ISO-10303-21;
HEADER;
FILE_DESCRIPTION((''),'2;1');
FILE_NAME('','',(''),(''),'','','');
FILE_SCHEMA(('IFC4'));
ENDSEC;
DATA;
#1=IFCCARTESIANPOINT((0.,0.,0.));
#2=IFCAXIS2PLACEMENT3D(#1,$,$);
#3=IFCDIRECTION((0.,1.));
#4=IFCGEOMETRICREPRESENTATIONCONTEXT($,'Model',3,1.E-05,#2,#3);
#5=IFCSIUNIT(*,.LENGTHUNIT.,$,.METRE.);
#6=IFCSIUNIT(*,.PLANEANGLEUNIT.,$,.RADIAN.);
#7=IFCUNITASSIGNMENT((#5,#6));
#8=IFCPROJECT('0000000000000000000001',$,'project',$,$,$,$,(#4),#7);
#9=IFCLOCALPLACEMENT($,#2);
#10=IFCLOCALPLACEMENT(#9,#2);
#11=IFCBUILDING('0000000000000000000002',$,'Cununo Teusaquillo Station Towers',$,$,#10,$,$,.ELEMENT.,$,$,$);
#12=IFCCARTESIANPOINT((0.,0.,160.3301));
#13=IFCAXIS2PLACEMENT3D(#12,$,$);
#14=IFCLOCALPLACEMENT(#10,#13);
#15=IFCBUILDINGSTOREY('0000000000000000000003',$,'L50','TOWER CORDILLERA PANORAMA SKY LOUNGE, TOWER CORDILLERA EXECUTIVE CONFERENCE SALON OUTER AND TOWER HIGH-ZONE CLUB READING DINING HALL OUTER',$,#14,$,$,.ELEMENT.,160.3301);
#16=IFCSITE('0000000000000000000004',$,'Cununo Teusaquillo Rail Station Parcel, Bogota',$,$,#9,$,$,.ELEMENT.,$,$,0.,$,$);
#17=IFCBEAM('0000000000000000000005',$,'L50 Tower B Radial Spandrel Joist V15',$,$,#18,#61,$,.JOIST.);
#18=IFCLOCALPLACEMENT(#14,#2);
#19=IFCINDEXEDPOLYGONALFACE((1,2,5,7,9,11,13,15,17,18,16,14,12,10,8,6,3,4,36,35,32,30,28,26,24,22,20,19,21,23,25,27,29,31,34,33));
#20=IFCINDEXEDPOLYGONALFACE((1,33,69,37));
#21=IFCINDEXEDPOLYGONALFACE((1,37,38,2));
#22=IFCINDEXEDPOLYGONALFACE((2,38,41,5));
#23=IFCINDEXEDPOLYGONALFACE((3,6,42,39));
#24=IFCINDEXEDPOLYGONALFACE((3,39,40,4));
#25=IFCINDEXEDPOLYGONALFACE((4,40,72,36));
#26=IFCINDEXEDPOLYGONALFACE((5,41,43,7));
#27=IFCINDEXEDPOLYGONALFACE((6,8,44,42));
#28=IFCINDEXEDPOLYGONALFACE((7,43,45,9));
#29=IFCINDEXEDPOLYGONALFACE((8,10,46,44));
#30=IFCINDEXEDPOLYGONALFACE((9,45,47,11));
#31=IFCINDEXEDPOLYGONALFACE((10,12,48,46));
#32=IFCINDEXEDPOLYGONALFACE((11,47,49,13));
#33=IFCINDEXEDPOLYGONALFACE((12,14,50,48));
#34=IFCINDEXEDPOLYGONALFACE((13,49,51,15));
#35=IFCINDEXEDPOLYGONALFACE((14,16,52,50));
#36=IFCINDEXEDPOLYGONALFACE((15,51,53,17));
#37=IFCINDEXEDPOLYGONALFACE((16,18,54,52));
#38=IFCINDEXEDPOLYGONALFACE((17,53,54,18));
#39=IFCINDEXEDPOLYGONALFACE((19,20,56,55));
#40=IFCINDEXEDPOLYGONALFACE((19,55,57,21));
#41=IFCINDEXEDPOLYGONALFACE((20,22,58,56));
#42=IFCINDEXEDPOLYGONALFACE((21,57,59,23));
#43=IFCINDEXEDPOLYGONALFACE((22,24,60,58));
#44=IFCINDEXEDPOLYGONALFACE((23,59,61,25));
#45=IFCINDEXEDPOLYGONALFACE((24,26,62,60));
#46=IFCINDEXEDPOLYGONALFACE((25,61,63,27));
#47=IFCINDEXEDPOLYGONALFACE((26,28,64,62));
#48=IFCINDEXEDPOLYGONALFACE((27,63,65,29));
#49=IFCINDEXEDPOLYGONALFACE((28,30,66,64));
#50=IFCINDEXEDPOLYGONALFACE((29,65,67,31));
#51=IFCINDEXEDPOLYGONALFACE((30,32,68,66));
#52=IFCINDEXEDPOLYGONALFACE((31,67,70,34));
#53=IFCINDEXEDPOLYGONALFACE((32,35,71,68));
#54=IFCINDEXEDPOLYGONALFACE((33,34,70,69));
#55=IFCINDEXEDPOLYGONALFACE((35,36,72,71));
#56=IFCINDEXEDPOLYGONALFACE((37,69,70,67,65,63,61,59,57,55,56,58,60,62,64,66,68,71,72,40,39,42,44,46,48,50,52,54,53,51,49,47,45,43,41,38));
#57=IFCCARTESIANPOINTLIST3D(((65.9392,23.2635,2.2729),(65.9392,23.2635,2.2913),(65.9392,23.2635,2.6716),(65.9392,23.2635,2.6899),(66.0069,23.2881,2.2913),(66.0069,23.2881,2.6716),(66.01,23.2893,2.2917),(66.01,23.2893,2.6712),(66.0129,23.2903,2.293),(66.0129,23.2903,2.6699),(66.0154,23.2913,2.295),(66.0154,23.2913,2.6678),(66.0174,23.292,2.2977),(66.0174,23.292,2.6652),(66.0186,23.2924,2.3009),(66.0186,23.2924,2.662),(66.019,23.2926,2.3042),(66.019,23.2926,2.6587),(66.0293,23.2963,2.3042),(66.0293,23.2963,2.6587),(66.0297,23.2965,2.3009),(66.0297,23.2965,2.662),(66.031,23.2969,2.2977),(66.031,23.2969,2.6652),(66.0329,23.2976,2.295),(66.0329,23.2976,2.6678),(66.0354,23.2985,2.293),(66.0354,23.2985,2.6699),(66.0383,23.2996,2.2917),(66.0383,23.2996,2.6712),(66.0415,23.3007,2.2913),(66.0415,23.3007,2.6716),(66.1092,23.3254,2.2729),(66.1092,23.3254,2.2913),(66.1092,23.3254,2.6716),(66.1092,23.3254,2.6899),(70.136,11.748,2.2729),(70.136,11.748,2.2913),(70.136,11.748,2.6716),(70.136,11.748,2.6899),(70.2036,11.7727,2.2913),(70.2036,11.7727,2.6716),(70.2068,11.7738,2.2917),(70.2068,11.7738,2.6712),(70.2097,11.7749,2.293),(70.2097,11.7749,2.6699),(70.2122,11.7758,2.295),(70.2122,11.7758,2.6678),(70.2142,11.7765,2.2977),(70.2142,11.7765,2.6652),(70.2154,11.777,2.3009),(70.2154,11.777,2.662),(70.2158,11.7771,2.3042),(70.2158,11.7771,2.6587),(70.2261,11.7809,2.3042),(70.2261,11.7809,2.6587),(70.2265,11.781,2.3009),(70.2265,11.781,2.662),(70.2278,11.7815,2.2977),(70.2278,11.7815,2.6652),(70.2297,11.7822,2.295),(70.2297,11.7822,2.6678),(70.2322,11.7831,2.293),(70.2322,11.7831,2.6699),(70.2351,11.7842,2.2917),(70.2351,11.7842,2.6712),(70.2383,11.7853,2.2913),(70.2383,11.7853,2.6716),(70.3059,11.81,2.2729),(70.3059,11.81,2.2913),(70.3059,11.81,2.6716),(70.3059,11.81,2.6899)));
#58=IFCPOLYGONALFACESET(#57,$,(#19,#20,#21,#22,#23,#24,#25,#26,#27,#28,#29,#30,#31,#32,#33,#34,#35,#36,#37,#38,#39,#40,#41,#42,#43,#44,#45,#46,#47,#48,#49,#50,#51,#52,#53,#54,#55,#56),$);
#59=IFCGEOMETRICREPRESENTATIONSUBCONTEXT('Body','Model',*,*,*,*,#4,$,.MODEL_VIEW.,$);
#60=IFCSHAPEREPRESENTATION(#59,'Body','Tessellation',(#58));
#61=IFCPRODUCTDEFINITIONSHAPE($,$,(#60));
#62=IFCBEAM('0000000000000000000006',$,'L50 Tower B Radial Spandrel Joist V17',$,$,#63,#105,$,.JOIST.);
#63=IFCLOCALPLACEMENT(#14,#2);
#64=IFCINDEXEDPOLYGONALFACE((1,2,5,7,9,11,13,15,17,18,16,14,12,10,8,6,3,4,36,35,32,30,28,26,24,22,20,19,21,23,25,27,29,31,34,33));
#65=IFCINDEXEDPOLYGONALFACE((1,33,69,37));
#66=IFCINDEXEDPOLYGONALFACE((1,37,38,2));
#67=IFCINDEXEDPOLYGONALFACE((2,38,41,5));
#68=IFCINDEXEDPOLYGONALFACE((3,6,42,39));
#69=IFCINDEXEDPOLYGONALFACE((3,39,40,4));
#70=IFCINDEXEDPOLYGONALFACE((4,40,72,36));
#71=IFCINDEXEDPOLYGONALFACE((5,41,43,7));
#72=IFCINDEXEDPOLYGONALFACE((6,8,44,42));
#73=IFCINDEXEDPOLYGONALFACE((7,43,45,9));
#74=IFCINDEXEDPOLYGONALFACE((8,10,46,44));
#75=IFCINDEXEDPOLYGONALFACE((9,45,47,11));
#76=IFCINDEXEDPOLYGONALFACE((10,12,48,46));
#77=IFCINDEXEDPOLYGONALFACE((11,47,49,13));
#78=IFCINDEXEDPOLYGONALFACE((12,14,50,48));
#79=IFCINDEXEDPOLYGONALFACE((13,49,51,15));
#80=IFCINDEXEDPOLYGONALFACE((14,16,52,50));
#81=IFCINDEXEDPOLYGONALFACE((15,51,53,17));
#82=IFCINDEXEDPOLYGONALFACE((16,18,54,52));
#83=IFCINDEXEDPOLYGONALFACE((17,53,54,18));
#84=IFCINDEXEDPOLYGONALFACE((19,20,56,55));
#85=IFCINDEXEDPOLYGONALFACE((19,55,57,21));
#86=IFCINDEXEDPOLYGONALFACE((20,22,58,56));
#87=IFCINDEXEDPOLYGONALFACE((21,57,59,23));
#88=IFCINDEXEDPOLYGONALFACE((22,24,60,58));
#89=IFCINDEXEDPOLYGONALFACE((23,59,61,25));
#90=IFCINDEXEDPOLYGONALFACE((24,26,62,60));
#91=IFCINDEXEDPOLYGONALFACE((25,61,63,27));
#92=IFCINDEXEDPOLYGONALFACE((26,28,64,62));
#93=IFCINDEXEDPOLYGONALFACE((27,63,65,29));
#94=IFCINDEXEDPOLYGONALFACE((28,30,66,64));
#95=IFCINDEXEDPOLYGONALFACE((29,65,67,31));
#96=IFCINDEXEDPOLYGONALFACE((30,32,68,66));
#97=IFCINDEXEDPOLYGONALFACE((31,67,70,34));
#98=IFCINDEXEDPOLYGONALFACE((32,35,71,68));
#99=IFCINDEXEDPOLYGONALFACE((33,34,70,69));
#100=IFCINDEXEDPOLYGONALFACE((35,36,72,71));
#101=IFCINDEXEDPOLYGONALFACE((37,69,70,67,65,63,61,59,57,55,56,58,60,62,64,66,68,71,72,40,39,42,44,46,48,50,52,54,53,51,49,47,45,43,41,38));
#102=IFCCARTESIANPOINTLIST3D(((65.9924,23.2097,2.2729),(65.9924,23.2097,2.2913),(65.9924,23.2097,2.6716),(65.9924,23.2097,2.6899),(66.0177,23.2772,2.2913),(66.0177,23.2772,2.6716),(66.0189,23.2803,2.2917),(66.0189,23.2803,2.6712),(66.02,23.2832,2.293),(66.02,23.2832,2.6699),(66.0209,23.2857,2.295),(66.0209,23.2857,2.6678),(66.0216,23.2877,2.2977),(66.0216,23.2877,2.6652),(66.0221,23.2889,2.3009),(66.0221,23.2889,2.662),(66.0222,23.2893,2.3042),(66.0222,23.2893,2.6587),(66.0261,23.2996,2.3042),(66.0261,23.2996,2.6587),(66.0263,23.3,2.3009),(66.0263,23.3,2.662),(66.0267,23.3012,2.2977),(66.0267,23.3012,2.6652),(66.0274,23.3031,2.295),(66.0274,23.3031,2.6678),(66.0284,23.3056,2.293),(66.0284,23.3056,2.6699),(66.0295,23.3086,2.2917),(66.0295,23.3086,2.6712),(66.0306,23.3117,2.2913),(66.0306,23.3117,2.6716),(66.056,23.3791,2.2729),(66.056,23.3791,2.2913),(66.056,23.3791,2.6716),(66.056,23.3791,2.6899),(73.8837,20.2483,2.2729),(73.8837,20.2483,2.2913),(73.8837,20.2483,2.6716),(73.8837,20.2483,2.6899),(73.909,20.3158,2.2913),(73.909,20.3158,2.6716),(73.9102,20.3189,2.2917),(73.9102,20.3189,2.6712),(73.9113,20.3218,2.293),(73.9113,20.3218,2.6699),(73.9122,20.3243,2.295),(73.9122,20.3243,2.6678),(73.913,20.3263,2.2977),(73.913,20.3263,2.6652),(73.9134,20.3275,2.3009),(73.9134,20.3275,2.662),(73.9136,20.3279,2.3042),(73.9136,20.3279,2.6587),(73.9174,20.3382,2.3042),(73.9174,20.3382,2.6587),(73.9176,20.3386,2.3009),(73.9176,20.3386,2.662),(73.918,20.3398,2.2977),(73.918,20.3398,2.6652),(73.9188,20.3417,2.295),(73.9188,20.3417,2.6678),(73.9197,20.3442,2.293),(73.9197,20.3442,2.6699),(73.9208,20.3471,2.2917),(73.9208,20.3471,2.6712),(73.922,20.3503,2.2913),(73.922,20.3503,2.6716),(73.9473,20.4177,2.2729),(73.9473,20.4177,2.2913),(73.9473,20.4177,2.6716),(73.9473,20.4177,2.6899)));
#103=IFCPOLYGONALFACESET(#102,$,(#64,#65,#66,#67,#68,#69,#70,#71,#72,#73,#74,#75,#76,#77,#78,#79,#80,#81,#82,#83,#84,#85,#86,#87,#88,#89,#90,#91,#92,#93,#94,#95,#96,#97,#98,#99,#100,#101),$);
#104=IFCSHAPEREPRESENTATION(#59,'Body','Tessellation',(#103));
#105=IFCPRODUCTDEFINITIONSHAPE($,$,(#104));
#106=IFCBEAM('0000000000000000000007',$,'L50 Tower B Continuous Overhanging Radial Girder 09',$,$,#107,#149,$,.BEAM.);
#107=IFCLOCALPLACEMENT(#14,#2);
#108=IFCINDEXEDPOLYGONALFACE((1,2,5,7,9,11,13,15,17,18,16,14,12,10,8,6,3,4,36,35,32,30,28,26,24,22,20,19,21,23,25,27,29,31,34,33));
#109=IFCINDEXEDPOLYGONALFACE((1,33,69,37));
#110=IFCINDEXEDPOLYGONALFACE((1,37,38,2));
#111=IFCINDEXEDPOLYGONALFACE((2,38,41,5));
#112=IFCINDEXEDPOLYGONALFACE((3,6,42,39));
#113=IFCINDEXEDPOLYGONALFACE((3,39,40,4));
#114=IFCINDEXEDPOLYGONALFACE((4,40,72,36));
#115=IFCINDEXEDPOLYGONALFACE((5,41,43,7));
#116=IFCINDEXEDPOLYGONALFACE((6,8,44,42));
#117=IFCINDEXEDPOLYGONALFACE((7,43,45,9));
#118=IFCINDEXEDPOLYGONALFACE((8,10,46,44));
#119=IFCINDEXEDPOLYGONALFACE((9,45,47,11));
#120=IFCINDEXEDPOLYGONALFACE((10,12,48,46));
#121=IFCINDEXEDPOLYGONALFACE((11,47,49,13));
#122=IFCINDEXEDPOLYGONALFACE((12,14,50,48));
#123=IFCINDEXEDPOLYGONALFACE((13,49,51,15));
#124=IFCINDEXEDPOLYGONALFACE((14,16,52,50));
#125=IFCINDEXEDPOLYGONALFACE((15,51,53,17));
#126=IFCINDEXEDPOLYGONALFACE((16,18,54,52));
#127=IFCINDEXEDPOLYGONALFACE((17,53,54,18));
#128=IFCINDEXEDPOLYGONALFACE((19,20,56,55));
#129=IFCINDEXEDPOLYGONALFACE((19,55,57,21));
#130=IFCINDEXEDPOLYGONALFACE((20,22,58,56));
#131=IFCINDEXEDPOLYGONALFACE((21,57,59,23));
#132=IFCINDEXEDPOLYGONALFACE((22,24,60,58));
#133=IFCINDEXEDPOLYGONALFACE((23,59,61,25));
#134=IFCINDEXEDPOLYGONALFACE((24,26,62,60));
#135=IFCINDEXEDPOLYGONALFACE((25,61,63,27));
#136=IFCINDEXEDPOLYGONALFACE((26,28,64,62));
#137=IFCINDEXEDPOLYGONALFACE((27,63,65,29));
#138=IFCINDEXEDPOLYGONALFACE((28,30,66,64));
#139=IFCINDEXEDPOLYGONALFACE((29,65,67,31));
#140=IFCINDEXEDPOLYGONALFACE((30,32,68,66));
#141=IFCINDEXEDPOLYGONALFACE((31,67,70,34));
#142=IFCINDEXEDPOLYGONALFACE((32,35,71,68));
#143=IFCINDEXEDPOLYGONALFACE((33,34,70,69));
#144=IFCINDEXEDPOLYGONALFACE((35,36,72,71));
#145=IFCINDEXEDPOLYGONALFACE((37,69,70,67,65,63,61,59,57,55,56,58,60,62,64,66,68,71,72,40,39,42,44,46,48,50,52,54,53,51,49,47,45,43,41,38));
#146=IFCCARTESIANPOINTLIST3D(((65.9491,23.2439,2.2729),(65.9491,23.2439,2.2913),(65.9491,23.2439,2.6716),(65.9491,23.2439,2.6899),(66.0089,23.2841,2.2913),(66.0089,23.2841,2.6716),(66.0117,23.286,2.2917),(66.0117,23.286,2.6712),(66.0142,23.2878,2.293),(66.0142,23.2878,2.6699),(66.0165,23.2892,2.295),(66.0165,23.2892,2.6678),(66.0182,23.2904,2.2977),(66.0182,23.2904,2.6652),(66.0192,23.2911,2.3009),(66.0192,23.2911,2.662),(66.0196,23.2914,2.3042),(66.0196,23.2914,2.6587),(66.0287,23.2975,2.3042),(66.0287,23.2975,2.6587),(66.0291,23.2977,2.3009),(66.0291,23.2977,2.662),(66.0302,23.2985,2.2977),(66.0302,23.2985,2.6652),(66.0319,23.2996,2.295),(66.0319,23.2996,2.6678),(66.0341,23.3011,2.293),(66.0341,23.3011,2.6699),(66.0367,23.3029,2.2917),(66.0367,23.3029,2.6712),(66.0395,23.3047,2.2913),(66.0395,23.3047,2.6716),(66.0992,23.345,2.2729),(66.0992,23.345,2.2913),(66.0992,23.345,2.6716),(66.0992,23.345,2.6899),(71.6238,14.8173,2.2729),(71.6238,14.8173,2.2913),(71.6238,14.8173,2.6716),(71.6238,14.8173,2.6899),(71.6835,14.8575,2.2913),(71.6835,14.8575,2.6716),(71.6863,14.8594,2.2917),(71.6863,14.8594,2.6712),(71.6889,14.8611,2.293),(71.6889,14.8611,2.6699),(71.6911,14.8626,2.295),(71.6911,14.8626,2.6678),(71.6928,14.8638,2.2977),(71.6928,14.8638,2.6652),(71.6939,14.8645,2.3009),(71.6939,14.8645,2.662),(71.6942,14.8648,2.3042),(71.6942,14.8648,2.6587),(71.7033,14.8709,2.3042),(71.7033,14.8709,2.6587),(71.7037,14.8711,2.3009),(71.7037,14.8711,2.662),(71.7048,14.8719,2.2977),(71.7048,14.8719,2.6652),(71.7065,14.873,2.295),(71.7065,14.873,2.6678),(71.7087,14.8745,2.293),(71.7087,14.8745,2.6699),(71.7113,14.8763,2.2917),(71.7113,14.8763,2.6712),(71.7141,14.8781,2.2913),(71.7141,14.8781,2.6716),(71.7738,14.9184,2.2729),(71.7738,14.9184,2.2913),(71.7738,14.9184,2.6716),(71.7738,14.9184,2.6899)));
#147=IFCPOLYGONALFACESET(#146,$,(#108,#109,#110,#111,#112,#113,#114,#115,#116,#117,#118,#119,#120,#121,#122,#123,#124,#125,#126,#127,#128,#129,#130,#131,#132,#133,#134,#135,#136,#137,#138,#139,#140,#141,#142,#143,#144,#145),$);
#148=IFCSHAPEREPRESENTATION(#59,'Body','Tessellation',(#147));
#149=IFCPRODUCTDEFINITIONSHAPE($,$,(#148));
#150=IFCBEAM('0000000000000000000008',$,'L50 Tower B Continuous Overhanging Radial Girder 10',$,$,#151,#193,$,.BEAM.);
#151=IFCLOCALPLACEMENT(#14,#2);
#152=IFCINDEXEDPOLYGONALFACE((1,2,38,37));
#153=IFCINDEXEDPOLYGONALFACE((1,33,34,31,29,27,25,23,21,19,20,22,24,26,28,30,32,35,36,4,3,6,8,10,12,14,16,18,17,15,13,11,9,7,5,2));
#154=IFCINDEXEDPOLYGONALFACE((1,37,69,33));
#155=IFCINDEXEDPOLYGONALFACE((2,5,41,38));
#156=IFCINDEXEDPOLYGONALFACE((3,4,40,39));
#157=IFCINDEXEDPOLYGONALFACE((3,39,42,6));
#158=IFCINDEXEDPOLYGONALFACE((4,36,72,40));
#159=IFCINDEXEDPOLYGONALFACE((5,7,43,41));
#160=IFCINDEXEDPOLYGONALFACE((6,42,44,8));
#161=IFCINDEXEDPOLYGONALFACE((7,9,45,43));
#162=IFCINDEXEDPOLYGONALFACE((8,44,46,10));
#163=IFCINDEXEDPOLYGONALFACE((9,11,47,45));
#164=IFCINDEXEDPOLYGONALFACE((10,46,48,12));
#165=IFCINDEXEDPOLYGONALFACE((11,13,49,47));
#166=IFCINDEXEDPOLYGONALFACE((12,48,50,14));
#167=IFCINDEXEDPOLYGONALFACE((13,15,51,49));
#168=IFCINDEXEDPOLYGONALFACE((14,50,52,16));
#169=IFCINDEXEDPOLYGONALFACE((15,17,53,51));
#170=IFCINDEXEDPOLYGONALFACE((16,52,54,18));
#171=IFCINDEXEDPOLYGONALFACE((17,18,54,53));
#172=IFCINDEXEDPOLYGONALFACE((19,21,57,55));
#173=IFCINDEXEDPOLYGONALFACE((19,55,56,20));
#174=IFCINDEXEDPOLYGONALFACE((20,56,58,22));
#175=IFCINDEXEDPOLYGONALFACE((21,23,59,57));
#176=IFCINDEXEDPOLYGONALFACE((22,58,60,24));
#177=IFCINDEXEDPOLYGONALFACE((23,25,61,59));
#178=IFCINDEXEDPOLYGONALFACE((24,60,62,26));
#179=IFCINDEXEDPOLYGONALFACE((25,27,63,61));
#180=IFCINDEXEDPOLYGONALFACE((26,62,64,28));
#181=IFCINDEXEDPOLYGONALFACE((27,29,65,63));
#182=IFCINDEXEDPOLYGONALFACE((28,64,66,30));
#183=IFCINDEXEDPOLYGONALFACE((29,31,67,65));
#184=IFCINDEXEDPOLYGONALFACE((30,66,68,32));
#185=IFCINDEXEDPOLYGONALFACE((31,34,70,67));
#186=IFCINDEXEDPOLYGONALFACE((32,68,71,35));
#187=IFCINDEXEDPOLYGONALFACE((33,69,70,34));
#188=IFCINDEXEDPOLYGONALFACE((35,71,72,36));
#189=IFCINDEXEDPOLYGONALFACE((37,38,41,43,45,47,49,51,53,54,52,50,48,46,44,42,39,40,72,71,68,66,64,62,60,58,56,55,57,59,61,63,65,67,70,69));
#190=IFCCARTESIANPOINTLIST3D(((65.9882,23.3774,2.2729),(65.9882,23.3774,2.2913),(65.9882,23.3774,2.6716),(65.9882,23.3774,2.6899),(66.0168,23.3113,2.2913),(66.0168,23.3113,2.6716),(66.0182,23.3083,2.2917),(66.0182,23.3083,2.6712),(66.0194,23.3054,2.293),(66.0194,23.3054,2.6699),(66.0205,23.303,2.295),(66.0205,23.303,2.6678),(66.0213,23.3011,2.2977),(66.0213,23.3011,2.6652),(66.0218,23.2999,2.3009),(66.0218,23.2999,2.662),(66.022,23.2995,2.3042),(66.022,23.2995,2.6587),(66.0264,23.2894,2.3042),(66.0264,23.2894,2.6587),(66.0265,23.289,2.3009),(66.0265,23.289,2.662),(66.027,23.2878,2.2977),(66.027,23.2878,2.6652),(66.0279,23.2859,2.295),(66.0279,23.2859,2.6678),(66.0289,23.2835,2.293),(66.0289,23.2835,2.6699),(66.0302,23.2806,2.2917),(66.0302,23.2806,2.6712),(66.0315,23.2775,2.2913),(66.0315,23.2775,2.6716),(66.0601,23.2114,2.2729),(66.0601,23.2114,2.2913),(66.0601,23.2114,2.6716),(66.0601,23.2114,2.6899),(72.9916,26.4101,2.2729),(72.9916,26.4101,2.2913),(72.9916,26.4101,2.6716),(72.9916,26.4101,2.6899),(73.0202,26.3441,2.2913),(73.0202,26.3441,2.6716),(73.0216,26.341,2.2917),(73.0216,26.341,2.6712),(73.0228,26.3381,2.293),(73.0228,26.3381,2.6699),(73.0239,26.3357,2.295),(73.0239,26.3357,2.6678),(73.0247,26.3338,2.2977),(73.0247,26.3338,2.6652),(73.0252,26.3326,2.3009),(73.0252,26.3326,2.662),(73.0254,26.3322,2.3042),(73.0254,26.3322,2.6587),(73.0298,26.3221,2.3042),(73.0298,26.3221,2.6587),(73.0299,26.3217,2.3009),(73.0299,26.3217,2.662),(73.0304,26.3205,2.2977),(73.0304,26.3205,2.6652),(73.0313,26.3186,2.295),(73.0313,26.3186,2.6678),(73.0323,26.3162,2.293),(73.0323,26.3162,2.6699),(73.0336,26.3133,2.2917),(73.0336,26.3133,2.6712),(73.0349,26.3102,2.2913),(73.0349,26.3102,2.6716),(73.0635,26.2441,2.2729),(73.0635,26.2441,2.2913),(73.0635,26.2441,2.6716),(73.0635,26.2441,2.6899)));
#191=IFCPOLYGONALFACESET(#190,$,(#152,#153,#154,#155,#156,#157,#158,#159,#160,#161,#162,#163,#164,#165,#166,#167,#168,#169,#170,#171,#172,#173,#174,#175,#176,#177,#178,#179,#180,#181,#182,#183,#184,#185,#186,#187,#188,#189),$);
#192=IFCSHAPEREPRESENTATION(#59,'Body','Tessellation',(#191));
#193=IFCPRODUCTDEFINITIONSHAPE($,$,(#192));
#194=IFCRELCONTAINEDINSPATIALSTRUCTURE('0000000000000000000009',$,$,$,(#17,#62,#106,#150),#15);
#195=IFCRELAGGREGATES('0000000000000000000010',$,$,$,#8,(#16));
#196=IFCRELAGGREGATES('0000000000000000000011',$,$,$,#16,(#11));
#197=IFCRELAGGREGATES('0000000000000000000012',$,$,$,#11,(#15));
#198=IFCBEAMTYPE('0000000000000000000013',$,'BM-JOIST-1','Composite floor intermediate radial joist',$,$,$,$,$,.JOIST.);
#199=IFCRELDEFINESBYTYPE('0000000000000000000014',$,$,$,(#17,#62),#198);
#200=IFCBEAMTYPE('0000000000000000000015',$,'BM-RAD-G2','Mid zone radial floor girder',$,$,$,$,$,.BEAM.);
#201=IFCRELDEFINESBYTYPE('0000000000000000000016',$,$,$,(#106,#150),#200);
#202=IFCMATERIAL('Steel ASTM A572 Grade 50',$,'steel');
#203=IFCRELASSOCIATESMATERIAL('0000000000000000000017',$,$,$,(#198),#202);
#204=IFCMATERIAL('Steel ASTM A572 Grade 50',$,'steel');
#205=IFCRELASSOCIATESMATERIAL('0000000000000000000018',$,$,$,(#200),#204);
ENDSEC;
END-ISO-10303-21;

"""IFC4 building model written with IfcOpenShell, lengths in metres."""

from ifc_helpers import new_model, si_unit, direction, frame, origin, origin_2d, place, context, subcontext, project, spatial, i_section, extrude, material, material_profile, profile_set, type_object, element, save


model = new_model("IFC4")

# Units and contexts
model_context = context("Model", 3, precision=1e-05, world=origin(), true_north=direction((0.0, 1.0)))
body_context = subcontext(model_context, "Body", "Model", "MODEL_VIEW")
ifc_project = project(units=[si_unit("LENGTHUNIT", "METRE"), si_unit("PLANEANGLEUNIT", "RADIAN")], contexts=[model_context])

# Site, building, storey
site_placement = place(None, origin())
site = spatial("IfcSite", under=ifc_project, at=site_placement, Name="Cununo Teusaquillo Rail Station Parcel, Bogota", CompositionType="ELEMENT", RefElevation=0.0)
building_placement = place(site_placement, origin())
building = spatial("IfcBuilding", under=site, at=building_placement, Name="Cununo Teusaquillo Station Towers", CompositionType="ELEMENT")
storey_placement = place(building_placement, frame((0.0, 0.0, 160.3301)))
storey = spatial("IfcBuildingStorey", under=building, at=storey_placement, Name="L50", Description="TOWER CORDILLERA PANORAMA SKY LOUNGE, TOWER CORDILLERA EXECUTIVE CONFERENCE SALON OUTER AND TOWER HIGH-ZONE CLUB READING DINING HALL OUTER", CompositionType="ELEMENT", Elevation=160.3301)

# Beams
ifc_material_1 = material(Name="Steel ASTM A572 Grade 50", Category="steel")
ifc_material_profile_1 = material_profile(ifc_material_1, i_section(OverallWidth=0.1809, OverallDepth=0.417, WebThickness=0.011, FlangeThickness=0.0183, FilletRadius=0.0129, at=origin_2d()), Name="W16X57")
ifc_profile_set_1 = profile_set([ifc_material_profile_1], Name="Steel ASTM A572 Grade 50")
beam_type_1 = type_object("IfcBeamType", Name="BM-JOIST-1", Description="Composite floor intermediate radial joist", PredefinedType="JOIST", material=ifc_profile_set_1)
beam_1_placement = place(storey_placement, frame((66.0242, 23.2944, 2.4814), z_axis=(0.342418, -0.939548, 0.0), x_axis=(0.939548, 0.342418, 0.0)))
element("IfcBeam", 1, at=beam_1_placement, inside=storey, type_object=beam_type_1, Name="L50 Tower B Radial Spandrel Joist V15", PredefinedType="JOIST", context=body_context, shape_type="SweptSolid", body=[
    extrude(i_section(OverallWidth=0.1809, OverallDepth=0.417, WebThickness=0.011, FlangeThickness=0.0183, FilletRadius=0.0129, at=origin_2d()), origin(), (0.0, 0.0, 1.0), 12.2563),
])
beam_2_placement = place(storey_placement, frame((66.0242, 23.2944, 2.4814), z_axis=(0.936245, -0.351349, 0.0), x_axis=(0.351349, 0.936245, 0.0)))
element("IfcBeam", 2, at=beam_2_placement, inside=storey, type_object=beam_type_1, Name="L50 Tower B Radial Spandrel Joist V17", PredefinedType="JOIST", context=body_context, shape_type="SweptSolid", body=[
    extrude(i_section(OverallWidth=0.1809, OverallDepth=0.417, WebThickness=0.011, FlangeThickness=0.0183, FilletRadius=0.0129, at=origin_2d()), origin(), (0.0, 0.0, 1.0), 8.4287),
])
ifc_material_2 = material(Name="Steel ASTM A572 Grade 50", Category="steel")
ifc_material_profile_2 = material_profile(ifc_material_2, i_section(OverallWidth=0.1809, OverallDepth=0.417, WebThickness=0.011, FlangeThickness=0.0183, FilletRadius=0.0129, at=origin_2d()), Name="W16X57")
ifc_profile_set_2 = profile_set([ifc_material_profile_2], Name="Steel ASTM A572 Grade 50")
beam_type_2 = type_object("IfcBeamType", Name="BM-RAD-G2", Description="Mid zone radial floor girder", PredefinedType="BEAM", material=ifc_profile_set_2)
beam_3_placement = place(storey_placement, frame((66.0242, 23.2944, 2.4814), z_axis=(0.558571, -0.829457, 0.0), x_axis=(0.829457, 0.558571, 0.0)))
element("IfcBeam", 3, at=beam_3_placement, inside=storey, type_object=beam_type_2, Name="L50 Tower B Continuous Overhanging Radial Girder 09", PredefinedType="BEAM", context=body_context, shape_type="SweptSolid", body=[
    extrude(i_section(OverallWidth=0.1809, OverallDepth=0.417, WebThickness=0.011, FlangeThickness=0.0183, FilletRadius=0.0129, at=origin_2d()), origin(), (0.0, 0.0, 1.0), 10.1592),
])
beam_4_placement = place(storey_placement, frame((66.0242, 23.2944, 2.4814), z_axis=(0.917656, 0.397376, 0.0), x_axis=(-0.397376, 0.917656, 0.0)))
element("IfcBeam", 4, at=beam_4_placement, inside=storey, type_object=beam_type_2, Name="L50 Tower B Continuous Overhanging Radial Girder 10", PredefinedType="BEAM", context=body_context, shape_type="SweptSolid", body=[
    extrude(i_section(OverallWidth=0.1809, OverallDepth=0.417, WebThickness=0.011, FlangeThickness=0.0183, FilletRadius=0.0129, at=origin_2d()), origin(), (0.0, 0.0, 1.0), 7.6318),
])

save(model, "model.ifc")
